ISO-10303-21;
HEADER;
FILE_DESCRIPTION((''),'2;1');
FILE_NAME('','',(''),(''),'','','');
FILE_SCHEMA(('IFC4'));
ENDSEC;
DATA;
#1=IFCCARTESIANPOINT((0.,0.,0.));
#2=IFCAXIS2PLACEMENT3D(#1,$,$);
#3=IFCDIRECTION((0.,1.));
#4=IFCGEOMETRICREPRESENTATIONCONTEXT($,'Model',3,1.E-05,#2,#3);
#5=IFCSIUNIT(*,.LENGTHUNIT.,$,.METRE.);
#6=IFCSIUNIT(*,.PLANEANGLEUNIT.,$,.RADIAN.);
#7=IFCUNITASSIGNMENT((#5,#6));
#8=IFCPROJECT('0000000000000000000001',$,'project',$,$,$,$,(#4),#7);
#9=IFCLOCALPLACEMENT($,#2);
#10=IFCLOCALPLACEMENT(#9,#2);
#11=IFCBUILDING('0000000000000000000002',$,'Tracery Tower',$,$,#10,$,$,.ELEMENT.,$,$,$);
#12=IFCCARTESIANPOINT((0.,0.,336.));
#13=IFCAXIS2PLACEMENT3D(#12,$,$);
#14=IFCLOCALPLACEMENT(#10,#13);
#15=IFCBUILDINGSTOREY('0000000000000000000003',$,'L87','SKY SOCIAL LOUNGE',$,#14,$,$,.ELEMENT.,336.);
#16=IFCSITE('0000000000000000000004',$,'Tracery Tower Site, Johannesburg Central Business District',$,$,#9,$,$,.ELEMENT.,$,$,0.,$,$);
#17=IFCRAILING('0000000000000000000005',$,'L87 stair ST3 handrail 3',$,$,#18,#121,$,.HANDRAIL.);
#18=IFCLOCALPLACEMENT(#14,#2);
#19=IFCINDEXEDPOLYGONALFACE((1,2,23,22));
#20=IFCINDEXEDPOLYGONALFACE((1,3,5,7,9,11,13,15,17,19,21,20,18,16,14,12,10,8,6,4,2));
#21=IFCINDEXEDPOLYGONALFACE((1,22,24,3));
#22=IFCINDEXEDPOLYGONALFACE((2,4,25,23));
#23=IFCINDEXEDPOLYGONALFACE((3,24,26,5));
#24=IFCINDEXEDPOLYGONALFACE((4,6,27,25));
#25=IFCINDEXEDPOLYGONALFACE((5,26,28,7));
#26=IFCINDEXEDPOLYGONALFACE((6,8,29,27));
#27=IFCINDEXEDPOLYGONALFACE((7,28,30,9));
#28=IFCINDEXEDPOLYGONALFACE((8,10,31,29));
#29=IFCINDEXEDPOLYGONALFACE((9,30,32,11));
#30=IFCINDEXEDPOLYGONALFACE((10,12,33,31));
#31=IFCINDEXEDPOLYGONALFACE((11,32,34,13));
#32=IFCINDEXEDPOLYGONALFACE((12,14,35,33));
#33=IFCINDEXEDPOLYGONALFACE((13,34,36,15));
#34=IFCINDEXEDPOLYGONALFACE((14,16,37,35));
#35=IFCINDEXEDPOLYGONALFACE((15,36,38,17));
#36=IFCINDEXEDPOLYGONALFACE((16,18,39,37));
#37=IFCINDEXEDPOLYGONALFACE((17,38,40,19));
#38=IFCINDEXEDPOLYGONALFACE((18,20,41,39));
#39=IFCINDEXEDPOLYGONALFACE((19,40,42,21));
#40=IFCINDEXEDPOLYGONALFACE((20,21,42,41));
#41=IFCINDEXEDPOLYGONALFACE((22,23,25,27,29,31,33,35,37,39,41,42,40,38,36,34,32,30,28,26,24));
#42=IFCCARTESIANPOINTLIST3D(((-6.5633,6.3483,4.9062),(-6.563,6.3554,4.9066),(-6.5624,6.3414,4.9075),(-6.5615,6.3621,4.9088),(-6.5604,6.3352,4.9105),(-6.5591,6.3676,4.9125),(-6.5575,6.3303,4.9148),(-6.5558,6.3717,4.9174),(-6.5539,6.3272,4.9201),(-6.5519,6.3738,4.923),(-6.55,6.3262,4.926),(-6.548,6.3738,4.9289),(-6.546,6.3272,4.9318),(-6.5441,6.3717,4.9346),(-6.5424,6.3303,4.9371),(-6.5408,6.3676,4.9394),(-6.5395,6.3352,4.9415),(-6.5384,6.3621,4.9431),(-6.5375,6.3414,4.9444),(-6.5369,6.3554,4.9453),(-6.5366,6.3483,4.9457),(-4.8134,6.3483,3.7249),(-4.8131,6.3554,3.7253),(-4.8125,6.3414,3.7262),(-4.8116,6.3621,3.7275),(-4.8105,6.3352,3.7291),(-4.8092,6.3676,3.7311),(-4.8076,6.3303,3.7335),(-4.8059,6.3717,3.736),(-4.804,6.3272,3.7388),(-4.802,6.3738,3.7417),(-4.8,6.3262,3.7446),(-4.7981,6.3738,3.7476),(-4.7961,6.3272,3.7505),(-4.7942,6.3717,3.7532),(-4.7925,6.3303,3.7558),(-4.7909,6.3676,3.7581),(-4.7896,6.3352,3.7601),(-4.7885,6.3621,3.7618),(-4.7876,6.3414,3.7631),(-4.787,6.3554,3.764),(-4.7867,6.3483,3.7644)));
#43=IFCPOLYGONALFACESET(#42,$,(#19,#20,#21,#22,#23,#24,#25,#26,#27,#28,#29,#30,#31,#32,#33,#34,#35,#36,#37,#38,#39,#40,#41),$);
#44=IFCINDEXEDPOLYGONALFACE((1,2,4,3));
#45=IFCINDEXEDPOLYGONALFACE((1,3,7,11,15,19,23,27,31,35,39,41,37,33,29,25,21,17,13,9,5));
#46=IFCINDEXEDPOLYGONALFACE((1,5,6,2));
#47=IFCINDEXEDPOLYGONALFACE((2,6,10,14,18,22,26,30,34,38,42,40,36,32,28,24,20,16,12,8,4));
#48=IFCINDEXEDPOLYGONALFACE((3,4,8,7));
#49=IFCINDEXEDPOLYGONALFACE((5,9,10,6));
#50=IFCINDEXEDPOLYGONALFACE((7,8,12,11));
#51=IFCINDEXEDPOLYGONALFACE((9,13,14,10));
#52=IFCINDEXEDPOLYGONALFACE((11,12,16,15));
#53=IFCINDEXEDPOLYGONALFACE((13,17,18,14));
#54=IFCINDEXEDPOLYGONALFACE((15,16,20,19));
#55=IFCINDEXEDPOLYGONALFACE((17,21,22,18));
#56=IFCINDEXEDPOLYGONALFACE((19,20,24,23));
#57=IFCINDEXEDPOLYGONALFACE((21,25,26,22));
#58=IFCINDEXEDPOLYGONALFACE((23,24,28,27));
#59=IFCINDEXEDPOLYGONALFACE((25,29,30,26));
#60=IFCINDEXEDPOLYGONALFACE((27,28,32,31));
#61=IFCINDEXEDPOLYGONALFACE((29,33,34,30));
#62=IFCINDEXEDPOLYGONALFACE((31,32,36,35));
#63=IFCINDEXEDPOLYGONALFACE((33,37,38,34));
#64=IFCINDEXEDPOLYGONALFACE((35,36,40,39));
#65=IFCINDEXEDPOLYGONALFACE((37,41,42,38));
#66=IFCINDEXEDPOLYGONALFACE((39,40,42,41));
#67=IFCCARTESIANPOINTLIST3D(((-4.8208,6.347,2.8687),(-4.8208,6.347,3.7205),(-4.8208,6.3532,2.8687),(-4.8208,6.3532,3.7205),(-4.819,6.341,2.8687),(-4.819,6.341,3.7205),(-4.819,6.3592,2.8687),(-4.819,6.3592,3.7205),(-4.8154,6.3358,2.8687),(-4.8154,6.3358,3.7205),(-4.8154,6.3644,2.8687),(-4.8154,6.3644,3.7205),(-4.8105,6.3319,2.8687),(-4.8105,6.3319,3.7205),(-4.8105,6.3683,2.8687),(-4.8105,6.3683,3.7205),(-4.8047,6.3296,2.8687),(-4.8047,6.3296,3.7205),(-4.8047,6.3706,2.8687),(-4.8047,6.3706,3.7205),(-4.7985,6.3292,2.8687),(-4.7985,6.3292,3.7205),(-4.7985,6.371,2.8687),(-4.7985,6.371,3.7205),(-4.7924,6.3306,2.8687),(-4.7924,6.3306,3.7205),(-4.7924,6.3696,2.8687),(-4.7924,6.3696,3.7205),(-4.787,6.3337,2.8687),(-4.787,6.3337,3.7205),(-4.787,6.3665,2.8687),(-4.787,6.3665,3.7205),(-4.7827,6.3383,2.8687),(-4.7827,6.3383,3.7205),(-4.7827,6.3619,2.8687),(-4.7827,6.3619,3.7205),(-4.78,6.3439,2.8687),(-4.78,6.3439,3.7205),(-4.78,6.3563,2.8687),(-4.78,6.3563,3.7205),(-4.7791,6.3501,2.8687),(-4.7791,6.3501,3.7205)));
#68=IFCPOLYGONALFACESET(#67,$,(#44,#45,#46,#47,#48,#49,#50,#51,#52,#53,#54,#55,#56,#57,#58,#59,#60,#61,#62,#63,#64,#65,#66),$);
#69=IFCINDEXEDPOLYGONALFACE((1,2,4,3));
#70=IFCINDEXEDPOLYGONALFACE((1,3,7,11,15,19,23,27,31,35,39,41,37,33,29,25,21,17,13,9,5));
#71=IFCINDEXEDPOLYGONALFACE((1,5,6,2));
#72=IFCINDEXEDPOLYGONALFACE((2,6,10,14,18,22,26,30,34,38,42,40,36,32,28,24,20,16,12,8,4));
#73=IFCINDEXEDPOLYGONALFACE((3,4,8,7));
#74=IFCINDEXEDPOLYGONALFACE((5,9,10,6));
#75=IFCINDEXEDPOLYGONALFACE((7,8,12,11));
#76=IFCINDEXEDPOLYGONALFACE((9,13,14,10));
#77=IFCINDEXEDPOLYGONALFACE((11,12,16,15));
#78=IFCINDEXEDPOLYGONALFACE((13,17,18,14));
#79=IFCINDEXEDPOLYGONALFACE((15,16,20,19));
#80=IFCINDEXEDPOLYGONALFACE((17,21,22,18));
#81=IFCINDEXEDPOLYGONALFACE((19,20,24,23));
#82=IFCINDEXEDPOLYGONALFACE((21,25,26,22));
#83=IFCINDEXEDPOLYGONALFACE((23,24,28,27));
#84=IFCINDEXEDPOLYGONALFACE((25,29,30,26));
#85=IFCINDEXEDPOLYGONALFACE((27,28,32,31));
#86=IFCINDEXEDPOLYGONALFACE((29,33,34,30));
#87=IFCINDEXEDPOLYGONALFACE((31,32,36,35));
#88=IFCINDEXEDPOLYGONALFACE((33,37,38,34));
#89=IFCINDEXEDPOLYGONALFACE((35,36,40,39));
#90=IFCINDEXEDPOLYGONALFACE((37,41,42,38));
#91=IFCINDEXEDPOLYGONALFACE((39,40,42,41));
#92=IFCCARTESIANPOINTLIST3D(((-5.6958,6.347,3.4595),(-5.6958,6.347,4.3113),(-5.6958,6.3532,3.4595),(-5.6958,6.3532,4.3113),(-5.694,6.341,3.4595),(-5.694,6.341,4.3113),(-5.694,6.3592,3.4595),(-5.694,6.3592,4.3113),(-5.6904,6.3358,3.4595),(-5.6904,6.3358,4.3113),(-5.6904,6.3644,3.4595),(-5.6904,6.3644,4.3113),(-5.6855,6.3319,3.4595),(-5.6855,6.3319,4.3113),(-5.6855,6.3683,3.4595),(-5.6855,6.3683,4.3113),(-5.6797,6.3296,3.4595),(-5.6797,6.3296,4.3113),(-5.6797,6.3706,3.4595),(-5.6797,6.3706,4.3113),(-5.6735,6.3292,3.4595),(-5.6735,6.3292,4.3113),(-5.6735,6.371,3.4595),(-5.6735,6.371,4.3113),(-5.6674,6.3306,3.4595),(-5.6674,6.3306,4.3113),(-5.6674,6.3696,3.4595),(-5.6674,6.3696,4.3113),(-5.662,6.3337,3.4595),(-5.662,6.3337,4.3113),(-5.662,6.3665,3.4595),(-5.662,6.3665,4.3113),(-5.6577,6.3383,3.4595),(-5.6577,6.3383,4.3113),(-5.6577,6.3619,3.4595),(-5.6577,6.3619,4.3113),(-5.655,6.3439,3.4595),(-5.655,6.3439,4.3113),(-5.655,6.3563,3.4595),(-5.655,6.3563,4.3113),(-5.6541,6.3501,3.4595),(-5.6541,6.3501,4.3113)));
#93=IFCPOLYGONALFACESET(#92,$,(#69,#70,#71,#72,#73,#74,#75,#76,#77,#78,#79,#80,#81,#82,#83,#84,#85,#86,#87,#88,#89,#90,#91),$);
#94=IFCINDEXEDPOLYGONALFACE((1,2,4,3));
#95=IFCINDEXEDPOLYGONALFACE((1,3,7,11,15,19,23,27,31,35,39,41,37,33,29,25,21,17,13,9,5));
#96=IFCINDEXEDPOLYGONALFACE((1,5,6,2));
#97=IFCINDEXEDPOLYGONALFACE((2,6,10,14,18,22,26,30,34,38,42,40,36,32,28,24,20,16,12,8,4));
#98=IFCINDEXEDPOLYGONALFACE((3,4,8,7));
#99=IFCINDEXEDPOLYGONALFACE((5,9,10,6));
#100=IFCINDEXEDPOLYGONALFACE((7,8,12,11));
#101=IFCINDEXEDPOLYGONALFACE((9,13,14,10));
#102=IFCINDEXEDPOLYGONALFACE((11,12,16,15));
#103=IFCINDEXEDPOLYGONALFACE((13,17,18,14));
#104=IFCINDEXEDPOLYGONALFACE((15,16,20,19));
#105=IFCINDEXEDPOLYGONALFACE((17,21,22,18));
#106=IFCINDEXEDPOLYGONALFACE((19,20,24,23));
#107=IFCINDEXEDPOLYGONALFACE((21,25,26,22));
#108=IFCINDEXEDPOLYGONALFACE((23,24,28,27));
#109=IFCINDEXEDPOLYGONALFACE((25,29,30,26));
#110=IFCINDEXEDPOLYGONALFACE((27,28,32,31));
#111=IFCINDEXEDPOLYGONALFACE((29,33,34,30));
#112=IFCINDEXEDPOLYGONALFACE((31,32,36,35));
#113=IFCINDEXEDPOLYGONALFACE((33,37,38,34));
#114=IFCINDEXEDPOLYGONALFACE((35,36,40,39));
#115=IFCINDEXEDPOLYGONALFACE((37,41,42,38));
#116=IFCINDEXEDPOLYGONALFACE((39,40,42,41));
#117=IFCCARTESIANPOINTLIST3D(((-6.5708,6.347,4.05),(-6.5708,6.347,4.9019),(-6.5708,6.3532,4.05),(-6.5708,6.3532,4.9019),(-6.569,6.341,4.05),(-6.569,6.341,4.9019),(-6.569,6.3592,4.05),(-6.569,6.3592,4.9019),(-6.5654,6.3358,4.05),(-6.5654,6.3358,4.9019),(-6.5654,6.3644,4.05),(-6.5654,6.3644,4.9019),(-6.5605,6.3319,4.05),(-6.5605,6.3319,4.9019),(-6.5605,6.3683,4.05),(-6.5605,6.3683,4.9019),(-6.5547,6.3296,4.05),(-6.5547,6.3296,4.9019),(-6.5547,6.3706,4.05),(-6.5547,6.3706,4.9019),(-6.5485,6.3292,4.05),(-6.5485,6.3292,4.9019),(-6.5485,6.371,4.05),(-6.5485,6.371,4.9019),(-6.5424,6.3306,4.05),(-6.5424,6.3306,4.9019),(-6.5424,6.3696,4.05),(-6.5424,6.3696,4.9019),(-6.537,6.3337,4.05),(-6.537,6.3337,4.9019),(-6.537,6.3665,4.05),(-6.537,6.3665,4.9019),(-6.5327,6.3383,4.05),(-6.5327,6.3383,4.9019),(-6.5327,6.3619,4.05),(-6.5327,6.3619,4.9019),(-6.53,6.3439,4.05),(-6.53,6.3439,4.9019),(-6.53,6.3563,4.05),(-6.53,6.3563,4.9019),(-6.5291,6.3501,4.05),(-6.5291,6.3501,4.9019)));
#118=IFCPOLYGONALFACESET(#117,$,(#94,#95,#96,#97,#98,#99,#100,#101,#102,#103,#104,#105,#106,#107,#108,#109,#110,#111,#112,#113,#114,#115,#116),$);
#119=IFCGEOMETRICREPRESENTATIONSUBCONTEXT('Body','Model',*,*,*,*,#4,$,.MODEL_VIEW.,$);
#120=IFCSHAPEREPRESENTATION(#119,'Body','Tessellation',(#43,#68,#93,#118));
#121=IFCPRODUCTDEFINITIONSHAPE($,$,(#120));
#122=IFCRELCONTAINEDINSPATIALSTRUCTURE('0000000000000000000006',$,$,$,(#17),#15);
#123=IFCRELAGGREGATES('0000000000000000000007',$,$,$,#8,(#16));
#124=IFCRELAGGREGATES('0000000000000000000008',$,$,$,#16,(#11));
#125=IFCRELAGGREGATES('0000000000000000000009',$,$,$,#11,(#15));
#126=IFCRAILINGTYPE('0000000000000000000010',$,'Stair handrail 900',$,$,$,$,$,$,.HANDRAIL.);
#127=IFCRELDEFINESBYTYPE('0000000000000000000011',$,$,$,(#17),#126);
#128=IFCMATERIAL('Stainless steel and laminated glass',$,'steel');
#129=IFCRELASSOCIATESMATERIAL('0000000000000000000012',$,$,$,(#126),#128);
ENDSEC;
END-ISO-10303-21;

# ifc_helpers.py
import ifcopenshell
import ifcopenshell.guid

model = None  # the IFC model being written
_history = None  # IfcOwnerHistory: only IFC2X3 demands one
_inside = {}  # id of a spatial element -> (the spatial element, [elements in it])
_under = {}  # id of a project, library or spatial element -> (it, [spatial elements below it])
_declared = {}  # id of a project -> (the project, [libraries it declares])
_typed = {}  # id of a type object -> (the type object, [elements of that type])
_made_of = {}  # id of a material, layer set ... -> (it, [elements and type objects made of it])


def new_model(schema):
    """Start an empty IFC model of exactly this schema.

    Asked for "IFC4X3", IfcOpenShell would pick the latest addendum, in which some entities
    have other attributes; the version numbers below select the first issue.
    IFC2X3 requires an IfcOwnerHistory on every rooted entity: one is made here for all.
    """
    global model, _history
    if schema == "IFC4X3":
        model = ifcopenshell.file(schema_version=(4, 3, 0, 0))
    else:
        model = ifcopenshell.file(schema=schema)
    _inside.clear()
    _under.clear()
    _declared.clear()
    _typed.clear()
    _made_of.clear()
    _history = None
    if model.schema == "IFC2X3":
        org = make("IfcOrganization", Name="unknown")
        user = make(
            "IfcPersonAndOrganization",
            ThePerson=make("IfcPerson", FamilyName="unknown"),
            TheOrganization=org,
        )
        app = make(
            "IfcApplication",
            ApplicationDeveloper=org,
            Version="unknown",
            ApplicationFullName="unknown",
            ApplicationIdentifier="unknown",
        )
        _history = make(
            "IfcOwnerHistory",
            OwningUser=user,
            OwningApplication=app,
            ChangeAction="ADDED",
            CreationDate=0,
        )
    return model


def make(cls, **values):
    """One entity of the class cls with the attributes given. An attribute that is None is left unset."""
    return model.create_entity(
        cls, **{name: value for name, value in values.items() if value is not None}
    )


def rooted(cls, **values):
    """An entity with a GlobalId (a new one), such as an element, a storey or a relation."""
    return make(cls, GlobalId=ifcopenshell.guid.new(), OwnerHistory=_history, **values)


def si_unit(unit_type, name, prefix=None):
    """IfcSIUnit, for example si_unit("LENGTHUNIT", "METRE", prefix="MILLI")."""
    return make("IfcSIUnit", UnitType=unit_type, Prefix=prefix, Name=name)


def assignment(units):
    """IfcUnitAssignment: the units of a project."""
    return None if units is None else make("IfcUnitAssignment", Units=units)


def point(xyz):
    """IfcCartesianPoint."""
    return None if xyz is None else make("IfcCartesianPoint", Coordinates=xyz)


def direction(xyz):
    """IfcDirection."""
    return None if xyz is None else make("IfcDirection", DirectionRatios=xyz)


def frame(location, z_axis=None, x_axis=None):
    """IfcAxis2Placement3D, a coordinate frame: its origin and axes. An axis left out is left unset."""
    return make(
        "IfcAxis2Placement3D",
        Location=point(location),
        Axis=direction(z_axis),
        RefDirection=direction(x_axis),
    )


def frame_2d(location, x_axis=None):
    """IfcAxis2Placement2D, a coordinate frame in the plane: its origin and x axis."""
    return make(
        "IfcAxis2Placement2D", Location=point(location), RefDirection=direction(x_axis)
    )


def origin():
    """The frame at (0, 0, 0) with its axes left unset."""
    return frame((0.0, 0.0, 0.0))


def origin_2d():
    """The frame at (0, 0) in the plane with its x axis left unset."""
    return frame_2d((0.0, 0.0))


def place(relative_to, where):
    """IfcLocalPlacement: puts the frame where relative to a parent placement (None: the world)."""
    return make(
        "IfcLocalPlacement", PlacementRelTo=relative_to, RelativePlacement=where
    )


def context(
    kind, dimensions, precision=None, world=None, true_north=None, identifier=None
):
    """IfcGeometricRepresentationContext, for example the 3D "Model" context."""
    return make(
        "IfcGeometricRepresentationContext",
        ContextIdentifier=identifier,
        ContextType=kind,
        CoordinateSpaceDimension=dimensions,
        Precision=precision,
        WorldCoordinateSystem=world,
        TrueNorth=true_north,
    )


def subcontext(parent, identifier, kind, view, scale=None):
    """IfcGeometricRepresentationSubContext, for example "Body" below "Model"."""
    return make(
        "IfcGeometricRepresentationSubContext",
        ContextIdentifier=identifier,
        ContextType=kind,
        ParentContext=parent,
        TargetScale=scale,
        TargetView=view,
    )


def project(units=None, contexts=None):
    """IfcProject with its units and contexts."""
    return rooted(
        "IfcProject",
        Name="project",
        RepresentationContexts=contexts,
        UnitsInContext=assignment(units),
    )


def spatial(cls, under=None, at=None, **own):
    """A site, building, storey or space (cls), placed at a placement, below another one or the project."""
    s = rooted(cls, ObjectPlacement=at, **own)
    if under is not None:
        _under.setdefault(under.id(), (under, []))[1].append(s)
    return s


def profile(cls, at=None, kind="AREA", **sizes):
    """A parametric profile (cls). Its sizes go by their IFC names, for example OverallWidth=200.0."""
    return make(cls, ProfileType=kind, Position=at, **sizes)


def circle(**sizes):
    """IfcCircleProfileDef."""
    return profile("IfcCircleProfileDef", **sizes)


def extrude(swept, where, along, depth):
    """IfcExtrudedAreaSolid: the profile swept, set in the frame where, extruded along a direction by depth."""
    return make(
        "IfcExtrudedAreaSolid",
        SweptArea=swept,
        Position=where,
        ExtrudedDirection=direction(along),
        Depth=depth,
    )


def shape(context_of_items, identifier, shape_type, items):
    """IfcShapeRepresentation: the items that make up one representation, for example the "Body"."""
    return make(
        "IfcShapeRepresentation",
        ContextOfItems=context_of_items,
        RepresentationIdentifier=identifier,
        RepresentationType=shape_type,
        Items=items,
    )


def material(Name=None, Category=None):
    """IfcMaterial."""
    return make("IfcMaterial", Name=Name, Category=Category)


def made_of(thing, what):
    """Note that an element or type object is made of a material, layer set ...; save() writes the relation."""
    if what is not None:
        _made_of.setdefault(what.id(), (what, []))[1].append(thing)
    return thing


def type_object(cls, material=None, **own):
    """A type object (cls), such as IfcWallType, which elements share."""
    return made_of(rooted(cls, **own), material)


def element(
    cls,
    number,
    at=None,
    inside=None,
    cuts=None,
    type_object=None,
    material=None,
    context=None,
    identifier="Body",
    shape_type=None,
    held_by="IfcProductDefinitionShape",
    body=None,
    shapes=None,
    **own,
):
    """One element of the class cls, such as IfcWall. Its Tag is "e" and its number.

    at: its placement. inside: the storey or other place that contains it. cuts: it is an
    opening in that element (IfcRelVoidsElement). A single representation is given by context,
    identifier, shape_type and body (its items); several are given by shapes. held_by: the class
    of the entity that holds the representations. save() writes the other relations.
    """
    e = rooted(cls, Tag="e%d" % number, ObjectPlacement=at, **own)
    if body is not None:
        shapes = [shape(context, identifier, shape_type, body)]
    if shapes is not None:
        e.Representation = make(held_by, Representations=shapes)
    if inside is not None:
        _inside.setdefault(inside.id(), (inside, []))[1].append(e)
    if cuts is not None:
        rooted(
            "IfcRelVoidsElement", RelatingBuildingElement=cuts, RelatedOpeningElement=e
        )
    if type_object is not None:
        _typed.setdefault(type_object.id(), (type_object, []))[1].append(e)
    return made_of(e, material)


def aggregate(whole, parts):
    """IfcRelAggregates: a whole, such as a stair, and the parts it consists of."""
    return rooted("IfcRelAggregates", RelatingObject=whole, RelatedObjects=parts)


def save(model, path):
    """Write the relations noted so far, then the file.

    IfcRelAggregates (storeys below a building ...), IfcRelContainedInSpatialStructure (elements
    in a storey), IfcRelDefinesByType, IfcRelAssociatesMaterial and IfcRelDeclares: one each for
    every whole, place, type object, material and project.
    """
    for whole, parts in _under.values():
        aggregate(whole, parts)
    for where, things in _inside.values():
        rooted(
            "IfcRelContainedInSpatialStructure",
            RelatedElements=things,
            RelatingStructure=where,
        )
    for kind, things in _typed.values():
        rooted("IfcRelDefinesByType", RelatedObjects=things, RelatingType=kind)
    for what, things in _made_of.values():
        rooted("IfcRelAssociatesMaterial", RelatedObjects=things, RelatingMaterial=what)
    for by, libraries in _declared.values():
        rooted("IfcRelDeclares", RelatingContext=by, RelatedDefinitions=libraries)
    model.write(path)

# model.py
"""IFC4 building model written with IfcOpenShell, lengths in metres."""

from ifc_helpers import new_model, si_unit, direction, frame, origin, origin_2d, place, context, subcontext, project, spatial, circle, extrude, material, type_object, element, save


model = new_model("IFC4")

# Units and contexts
model_context = context("Model", 3, precision=1e-05, world=origin(), true_north=direction((0.0, 1.0)))
body_context = subcontext(model_context, "Body", "Model", "MODEL_VIEW")
ifc_project = project(units=[si_unit("LENGTHUNIT", "METRE"), si_unit("PLANEANGLEUNIT", "RADIAN")], contexts=[model_context])

# Site, building, storey
site_placement = place(None, origin())
site = spatial("IfcSite", under=ifc_project, at=site_placement, Name="Tracery Tower Site, Johannesburg Central Business District", CompositionType="ELEMENT", RefElevation=0.0)
building_placement = place(site_placement, origin())
building = spatial("IfcBuilding", under=site, at=building_placement, Name="Tracery Tower", CompositionType="ELEMENT")
storey_placement = place(building_placement, frame((0.0, 0.0, 336.0)))
storey = spatial("IfcBuildingStorey", under=building, at=storey_placement, Name="L87", Description="SKY SOCIAL LOUNGE", CompositionType="ELEMENT", Elevation=336.0)

# Railing
ifc_material_1 = material(Name="Stainless steel and laminated glass", Category="steel")
railing_type_1 = type_object("IfcRailingType", Name="Stair handrail 900", PredefinedType="HANDRAIL", material=ifc_material_1)
railing_1_placement = place(storey_placement, frame((-4.8, 6.3501, 2.8687)))
element("IfcRailing", 1, at=railing_1_placement, inside=storey, type_object=railing_type_1, Name="L87 stair ST3 handrail 3", PredefinedType="HANDRAIL", context=body_context, shape_type="SweptSolid", body=[
    extrude(circle(Radius=0.0239, at=origin_2d()), frame((0.0, 0.0, 0.876), z_axis=(-0.828817, 0.0, 0.559521), x_axis=(0.0, -1.0, 0.0)), (0.0, 0.0, 1.0), 2.1113),
    extrude(circle(Radius=0.021, at=origin_2d()), origin(), (0.0, 0.0, 1.0), 0.8518),
    extrude(circle(Radius=0.021, at=origin_2d()), frame((-0.875, 0.0, 0.5908)), (0.0, 0.0, 1.0), 0.8518),
    extrude(circle(Radius=0.021, at=origin_2d()), frame((-1.75, 0.0, 1.1814)), (0.0, 0.0, 1.0), 0.8518),
])

save(model, "model.ifc")
